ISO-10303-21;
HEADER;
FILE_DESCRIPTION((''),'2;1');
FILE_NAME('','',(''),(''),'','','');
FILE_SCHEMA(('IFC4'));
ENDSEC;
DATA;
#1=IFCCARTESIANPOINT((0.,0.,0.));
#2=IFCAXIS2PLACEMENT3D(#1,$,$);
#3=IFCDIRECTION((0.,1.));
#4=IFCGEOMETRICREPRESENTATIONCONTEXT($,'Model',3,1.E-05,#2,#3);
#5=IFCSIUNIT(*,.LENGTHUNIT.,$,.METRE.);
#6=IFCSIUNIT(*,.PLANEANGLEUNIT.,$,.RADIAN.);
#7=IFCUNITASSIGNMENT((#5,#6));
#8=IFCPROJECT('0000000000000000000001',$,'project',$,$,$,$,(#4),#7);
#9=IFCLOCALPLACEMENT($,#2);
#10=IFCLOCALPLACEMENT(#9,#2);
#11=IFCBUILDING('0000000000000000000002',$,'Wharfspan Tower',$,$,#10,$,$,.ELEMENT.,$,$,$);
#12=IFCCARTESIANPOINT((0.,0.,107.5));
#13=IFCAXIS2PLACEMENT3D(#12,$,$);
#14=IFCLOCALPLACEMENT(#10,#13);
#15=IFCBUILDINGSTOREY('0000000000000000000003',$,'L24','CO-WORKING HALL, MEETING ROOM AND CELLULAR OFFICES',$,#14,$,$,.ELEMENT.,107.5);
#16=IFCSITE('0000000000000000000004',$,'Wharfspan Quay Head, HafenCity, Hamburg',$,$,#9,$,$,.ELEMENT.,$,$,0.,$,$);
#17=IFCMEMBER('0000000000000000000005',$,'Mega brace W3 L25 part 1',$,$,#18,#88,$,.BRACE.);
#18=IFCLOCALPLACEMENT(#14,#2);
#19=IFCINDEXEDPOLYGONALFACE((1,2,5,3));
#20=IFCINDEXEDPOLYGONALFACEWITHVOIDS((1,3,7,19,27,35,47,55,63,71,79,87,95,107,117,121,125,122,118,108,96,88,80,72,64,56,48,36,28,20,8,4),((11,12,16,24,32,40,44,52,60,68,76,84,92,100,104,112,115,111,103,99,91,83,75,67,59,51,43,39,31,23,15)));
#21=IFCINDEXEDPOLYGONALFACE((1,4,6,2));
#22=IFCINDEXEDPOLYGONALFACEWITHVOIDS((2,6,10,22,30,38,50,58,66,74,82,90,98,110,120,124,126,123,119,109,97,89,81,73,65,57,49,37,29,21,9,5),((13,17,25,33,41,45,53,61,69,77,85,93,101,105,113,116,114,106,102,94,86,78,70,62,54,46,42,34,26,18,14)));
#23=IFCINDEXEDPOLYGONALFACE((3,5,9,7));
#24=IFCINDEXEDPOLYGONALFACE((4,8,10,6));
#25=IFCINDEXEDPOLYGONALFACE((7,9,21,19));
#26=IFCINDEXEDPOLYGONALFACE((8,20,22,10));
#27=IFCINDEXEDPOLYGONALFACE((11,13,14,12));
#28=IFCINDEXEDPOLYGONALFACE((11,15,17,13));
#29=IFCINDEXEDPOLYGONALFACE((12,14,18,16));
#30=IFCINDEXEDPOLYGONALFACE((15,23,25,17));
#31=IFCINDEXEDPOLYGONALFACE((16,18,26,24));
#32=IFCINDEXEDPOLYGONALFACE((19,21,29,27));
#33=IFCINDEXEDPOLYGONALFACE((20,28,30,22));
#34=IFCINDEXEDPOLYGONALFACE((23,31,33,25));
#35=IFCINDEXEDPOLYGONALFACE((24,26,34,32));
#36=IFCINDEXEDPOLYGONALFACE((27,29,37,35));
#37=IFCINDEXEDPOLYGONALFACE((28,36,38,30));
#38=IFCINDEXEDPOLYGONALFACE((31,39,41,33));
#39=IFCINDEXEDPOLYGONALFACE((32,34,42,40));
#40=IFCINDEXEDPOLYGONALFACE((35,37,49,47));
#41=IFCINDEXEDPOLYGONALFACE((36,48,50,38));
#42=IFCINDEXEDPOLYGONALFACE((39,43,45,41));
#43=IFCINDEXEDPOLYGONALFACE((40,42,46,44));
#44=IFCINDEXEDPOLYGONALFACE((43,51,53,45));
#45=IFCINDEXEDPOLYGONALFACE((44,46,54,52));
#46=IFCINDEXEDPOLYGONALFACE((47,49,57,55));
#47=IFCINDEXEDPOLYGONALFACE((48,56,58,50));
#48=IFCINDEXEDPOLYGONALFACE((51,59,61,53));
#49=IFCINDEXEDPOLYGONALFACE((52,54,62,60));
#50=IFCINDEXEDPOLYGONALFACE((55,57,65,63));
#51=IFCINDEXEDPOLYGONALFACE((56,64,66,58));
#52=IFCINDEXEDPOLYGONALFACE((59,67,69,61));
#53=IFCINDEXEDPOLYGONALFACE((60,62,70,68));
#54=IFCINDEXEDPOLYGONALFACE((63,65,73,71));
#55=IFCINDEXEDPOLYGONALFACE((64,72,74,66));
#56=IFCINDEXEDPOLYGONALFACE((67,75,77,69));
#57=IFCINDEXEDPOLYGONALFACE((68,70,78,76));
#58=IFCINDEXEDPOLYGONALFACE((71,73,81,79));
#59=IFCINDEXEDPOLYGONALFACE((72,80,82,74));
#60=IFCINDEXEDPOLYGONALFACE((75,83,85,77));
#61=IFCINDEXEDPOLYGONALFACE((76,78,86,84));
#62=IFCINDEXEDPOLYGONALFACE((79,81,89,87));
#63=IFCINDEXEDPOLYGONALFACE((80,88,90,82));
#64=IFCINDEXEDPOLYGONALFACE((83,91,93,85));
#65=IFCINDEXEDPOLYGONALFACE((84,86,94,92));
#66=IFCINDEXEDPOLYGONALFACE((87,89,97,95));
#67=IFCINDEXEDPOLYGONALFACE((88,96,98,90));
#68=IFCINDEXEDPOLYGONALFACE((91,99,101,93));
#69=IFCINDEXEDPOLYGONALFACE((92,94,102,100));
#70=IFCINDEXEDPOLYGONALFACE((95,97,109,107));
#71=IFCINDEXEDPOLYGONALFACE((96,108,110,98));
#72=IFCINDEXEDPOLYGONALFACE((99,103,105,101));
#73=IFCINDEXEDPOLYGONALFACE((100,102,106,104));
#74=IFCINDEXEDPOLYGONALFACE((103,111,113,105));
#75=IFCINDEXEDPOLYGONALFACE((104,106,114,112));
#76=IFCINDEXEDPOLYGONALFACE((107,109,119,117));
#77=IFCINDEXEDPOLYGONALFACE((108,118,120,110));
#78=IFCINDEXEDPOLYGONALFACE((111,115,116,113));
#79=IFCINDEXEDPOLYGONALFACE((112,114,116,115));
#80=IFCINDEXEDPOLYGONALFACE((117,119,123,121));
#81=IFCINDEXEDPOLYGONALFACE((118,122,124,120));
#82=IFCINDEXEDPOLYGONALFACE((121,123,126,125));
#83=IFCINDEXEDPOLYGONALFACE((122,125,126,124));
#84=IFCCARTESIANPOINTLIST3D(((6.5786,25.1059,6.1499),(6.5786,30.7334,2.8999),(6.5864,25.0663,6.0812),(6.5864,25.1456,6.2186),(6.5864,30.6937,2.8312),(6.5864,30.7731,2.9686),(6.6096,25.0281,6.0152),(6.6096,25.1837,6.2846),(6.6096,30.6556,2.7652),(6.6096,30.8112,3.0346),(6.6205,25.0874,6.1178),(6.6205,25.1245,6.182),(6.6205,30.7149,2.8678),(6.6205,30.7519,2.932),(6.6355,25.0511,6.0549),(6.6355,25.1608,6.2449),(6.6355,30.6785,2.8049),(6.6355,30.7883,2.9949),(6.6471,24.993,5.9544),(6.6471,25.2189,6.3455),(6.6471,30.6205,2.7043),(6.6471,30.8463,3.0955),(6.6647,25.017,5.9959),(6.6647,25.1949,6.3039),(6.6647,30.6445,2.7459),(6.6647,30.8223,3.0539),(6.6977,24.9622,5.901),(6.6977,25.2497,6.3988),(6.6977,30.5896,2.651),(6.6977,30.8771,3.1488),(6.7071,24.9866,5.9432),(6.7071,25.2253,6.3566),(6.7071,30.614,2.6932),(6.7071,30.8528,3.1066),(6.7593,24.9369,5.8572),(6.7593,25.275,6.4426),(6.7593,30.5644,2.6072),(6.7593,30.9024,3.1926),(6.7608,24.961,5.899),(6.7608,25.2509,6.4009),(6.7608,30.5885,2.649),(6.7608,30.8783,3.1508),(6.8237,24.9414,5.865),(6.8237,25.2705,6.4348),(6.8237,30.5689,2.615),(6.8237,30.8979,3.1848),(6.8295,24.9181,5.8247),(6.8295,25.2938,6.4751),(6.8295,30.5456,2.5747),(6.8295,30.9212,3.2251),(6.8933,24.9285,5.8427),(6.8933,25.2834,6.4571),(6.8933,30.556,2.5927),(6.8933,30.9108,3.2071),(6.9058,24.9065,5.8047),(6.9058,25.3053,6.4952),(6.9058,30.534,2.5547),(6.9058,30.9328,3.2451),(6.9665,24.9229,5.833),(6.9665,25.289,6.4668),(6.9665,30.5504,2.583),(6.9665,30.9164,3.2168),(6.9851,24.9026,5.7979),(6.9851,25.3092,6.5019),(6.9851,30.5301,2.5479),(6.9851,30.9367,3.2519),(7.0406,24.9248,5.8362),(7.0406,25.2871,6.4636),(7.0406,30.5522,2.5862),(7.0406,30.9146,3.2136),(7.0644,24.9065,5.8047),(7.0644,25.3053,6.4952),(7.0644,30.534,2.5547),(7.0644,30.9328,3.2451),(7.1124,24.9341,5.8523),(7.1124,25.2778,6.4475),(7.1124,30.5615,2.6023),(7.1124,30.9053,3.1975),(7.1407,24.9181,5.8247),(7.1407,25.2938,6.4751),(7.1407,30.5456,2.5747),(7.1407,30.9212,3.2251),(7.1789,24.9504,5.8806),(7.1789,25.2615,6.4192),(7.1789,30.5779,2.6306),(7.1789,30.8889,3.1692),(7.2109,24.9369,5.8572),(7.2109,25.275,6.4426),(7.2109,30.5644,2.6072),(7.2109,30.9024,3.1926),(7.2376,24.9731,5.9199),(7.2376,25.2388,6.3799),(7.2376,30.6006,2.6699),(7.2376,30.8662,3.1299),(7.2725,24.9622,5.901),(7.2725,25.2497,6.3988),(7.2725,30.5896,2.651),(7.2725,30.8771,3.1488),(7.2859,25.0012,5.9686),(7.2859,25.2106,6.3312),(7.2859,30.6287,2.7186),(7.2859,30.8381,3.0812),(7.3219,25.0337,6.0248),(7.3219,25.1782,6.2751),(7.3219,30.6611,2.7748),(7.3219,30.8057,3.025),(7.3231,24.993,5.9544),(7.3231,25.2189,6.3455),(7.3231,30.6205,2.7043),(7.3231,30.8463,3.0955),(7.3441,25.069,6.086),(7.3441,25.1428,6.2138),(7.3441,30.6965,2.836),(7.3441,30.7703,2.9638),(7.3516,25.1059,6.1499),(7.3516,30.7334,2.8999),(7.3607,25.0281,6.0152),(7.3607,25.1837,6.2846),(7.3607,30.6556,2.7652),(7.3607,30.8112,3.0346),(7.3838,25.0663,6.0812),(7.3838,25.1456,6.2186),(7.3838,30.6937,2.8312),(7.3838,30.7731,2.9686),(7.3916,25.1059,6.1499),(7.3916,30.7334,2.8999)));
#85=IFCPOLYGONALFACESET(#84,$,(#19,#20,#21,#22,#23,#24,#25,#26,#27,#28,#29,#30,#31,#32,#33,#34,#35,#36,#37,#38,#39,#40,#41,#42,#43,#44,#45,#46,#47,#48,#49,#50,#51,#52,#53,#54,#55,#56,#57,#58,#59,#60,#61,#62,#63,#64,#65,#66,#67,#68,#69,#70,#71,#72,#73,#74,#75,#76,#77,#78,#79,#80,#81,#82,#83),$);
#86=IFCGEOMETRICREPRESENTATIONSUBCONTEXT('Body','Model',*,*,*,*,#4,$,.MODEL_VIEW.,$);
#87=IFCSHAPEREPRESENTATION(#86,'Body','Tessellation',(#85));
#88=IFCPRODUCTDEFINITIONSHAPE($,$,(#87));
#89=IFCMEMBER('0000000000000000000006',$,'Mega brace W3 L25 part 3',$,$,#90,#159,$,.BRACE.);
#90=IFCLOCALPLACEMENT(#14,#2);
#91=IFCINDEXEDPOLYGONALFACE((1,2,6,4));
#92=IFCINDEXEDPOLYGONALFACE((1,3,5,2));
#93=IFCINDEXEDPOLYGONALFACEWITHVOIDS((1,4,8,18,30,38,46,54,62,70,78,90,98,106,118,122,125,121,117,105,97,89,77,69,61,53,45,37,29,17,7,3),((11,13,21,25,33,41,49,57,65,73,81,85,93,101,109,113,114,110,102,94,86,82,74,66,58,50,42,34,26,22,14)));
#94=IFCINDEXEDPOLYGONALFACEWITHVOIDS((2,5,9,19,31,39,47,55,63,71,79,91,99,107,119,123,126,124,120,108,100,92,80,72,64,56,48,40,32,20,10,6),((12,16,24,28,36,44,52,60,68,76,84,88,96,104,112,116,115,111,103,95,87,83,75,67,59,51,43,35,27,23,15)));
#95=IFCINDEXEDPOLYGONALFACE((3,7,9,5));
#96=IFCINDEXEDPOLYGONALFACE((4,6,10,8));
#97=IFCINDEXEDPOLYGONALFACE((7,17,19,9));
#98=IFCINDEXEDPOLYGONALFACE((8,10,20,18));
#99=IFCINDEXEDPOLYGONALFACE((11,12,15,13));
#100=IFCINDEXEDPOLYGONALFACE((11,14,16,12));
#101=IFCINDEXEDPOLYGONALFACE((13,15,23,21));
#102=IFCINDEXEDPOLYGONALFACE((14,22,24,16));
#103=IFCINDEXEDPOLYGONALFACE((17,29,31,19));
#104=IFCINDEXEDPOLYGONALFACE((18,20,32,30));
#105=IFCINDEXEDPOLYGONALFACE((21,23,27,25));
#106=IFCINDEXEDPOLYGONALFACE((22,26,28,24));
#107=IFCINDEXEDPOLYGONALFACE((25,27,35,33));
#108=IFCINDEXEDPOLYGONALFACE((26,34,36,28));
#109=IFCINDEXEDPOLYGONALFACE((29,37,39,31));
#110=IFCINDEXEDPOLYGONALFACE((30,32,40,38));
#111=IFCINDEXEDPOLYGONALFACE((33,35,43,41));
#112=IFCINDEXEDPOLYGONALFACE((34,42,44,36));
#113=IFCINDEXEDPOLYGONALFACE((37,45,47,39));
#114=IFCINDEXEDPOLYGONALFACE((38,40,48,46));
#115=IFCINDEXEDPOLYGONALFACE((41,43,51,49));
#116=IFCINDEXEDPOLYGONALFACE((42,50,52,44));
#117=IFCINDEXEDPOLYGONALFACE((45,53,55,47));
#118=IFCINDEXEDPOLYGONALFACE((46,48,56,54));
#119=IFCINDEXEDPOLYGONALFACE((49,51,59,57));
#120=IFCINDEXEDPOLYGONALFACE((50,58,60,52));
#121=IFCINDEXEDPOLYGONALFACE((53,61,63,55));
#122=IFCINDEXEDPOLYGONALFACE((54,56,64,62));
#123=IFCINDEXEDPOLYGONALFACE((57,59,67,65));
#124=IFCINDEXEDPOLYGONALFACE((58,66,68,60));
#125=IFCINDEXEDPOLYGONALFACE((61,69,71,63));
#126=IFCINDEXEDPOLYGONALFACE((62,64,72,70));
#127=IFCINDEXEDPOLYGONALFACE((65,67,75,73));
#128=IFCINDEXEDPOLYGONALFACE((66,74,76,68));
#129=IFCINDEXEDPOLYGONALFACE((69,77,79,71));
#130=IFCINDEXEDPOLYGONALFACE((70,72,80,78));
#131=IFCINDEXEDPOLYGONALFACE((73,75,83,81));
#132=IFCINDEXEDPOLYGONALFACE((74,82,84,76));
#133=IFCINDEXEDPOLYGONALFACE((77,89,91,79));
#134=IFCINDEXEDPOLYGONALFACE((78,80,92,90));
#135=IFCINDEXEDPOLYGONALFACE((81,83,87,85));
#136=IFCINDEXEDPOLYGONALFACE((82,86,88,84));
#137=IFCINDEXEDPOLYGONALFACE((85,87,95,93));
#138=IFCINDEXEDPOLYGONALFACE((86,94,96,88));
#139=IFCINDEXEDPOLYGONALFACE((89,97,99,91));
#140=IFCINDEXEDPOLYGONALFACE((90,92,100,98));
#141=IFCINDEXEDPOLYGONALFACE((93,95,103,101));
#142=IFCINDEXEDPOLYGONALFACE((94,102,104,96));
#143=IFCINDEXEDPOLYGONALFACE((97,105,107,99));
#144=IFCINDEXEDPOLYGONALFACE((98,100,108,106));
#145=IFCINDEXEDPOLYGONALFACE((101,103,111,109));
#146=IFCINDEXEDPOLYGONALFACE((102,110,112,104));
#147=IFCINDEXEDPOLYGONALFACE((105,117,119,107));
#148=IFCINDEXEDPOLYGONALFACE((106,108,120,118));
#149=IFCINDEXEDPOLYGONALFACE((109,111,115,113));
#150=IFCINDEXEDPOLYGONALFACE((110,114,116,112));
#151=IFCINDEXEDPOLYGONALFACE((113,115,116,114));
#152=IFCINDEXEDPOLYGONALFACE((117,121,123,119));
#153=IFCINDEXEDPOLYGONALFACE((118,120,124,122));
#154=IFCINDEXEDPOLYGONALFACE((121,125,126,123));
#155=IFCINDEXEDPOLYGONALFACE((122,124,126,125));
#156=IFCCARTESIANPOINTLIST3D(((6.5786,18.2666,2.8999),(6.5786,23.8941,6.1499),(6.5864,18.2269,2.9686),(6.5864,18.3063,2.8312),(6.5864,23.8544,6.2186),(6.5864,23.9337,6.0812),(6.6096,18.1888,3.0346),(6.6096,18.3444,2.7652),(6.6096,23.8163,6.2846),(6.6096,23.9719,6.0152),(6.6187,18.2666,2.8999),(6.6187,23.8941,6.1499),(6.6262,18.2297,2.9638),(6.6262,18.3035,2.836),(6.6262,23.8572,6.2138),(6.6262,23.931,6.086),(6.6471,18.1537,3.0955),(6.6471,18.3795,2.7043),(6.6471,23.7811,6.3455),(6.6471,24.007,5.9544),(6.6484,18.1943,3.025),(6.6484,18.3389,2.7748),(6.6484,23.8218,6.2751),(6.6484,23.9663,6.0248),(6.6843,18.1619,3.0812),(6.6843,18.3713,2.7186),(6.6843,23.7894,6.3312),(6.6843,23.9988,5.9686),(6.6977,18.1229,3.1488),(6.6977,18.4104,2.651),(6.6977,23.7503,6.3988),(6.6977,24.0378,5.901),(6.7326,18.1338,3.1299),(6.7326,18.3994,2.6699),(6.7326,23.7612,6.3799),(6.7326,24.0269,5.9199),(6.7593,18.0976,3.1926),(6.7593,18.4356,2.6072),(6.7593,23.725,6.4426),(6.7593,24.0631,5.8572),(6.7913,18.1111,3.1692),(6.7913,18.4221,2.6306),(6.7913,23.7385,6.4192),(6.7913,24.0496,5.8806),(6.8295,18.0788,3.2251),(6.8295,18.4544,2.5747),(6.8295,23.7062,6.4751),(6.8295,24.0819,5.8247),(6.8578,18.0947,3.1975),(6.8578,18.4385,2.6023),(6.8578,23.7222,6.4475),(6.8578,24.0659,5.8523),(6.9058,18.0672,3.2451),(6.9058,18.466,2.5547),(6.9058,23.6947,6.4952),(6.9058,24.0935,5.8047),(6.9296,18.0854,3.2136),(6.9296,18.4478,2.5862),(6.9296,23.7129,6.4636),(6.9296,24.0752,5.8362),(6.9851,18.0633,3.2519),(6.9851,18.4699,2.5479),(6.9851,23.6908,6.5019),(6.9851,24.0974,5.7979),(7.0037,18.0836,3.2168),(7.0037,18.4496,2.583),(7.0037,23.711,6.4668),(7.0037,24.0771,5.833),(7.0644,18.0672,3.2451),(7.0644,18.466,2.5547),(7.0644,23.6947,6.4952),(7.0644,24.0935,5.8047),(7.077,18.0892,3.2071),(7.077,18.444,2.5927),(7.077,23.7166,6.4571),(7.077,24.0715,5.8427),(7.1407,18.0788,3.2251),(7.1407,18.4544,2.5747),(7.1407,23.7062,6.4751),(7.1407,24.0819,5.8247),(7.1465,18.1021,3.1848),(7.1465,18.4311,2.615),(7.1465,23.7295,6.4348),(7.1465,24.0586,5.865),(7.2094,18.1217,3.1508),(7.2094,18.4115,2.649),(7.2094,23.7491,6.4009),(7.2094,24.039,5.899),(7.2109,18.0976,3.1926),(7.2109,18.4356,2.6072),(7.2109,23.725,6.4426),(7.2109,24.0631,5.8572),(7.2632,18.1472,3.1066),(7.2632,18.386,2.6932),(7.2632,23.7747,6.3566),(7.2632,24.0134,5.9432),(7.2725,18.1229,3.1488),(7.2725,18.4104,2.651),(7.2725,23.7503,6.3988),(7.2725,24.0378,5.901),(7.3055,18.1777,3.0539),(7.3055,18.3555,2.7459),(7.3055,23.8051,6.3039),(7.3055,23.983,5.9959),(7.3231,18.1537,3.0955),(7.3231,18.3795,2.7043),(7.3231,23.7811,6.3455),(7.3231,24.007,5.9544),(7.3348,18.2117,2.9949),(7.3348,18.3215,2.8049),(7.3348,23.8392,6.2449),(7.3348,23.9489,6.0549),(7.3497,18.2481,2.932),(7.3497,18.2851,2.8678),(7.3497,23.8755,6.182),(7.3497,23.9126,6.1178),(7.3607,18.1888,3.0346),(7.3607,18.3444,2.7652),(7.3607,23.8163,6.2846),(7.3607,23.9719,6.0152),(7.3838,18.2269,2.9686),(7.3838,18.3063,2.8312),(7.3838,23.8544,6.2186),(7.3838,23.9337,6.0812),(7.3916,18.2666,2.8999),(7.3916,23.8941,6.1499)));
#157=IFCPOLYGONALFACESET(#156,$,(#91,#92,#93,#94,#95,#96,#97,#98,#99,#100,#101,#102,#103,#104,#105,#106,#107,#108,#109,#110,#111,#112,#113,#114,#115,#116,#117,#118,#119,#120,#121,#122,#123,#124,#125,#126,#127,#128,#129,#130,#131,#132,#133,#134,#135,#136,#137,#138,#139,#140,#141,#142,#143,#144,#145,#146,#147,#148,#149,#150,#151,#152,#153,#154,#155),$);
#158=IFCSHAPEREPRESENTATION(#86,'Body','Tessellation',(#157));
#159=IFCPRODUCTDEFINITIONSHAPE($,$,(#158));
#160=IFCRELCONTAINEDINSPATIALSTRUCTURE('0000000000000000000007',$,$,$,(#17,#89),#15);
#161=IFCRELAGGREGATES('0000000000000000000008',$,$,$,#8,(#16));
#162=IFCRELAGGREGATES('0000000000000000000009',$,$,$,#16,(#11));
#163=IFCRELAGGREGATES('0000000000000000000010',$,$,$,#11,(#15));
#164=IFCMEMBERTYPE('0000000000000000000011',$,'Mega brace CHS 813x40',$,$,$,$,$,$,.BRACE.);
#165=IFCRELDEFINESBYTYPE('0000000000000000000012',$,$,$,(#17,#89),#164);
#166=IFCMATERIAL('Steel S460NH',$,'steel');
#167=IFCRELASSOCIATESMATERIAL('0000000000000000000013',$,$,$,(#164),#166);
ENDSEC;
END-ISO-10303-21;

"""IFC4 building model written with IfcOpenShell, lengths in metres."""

from ifc_helpers import new_model, si_unit, direction, frame, origin, origin_2d, place, context, subcontext, project, spatial, hollow_circle, extrude, material, material_profile, profile_set, type_object, element, save


model = new_model("IFC4")

# Units and contexts
model_context = context("Model", 3, precision=1e-05, world=origin(), true_north=direction((0.0, 1.0)))
body_context = subcontext(model_context, "Body", "Model", "MODEL_VIEW")
ifc_project = project(units=[si_unit("LENGTHUNIT", "METRE"), si_unit("PLANEANGLEUNIT", "RADIAN")], contexts=[model_context])

# Site, building, storey
site_placement = place(None, origin())
site = spatial("IfcSite", under=ifc_project, at=site_placement, Name="Wharfspan Quay Head, HafenCity, Hamburg", CompositionType="ELEMENT", RefElevation=0.0)
building_placement = place(site_placement, origin())
building = spatial("IfcBuilding", under=site, at=building_placement, Name="Wharfspan Tower", CompositionType="ELEMENT")
storey_placement = place(building_placement, frame((0.0, 0.0, 107.5)))
storey = spatial("IfcBuildingStorey", under=building, at=storey_placement, Name="L24", Description="CO-WORKING HALL, MEETING ROOM AND CELLULAR OFFICES", CompositionType="ELEMENT", Elevation=107.5)

# Members
ifc_material_1 = material(Name="Steel S460NH", Category="steel")
ifc_material_profile_1 = material_profile(ifc_material_1, hollow_circle(Radius=0.4065, WallThickness=0.04, at=origin_2d()))
ifc_profile_set_1 = profile_set([ifc_material_profile_1], Name="Steel S460NH")
member_type_1 = type_object("IfcMemberType", Name="Mega brace CHS 813x40", PredefinedType="BRACE", material=ifc_profile_set_1)
for number, where, z_axis, x_axis, name in (
    (1, (6.9851, 30.7334, 2.8999), (0.0, -0.865959, 0.500115), (1.0, 0.0, 0.0), "Mega brace W3 L25 part 1"),
    (2, (6.9851, 18.2666, 2.8999), (0.0, 0.865959, 0.500115), (-1.0, 0.0, 0.0), "Mega brace W3 L25 part 3"),
):
    element("IfcMember", number, at=place(storey_placement, frame(where, z_axis=z_axis, x_axis=x_axis)), inside=storey, type_object=member_type_1, Name=name, PredefinedType="BRACE", context=body_context, shape_type="SweptSolid", body=[
        extrude(hollow_circle(Radius=0.4065, WallThickness=0.04, at=origin_2d()), origin(), (0.0, 0.0, 1.0), 6.4985),
    ])

save(model, "model.ifc")
